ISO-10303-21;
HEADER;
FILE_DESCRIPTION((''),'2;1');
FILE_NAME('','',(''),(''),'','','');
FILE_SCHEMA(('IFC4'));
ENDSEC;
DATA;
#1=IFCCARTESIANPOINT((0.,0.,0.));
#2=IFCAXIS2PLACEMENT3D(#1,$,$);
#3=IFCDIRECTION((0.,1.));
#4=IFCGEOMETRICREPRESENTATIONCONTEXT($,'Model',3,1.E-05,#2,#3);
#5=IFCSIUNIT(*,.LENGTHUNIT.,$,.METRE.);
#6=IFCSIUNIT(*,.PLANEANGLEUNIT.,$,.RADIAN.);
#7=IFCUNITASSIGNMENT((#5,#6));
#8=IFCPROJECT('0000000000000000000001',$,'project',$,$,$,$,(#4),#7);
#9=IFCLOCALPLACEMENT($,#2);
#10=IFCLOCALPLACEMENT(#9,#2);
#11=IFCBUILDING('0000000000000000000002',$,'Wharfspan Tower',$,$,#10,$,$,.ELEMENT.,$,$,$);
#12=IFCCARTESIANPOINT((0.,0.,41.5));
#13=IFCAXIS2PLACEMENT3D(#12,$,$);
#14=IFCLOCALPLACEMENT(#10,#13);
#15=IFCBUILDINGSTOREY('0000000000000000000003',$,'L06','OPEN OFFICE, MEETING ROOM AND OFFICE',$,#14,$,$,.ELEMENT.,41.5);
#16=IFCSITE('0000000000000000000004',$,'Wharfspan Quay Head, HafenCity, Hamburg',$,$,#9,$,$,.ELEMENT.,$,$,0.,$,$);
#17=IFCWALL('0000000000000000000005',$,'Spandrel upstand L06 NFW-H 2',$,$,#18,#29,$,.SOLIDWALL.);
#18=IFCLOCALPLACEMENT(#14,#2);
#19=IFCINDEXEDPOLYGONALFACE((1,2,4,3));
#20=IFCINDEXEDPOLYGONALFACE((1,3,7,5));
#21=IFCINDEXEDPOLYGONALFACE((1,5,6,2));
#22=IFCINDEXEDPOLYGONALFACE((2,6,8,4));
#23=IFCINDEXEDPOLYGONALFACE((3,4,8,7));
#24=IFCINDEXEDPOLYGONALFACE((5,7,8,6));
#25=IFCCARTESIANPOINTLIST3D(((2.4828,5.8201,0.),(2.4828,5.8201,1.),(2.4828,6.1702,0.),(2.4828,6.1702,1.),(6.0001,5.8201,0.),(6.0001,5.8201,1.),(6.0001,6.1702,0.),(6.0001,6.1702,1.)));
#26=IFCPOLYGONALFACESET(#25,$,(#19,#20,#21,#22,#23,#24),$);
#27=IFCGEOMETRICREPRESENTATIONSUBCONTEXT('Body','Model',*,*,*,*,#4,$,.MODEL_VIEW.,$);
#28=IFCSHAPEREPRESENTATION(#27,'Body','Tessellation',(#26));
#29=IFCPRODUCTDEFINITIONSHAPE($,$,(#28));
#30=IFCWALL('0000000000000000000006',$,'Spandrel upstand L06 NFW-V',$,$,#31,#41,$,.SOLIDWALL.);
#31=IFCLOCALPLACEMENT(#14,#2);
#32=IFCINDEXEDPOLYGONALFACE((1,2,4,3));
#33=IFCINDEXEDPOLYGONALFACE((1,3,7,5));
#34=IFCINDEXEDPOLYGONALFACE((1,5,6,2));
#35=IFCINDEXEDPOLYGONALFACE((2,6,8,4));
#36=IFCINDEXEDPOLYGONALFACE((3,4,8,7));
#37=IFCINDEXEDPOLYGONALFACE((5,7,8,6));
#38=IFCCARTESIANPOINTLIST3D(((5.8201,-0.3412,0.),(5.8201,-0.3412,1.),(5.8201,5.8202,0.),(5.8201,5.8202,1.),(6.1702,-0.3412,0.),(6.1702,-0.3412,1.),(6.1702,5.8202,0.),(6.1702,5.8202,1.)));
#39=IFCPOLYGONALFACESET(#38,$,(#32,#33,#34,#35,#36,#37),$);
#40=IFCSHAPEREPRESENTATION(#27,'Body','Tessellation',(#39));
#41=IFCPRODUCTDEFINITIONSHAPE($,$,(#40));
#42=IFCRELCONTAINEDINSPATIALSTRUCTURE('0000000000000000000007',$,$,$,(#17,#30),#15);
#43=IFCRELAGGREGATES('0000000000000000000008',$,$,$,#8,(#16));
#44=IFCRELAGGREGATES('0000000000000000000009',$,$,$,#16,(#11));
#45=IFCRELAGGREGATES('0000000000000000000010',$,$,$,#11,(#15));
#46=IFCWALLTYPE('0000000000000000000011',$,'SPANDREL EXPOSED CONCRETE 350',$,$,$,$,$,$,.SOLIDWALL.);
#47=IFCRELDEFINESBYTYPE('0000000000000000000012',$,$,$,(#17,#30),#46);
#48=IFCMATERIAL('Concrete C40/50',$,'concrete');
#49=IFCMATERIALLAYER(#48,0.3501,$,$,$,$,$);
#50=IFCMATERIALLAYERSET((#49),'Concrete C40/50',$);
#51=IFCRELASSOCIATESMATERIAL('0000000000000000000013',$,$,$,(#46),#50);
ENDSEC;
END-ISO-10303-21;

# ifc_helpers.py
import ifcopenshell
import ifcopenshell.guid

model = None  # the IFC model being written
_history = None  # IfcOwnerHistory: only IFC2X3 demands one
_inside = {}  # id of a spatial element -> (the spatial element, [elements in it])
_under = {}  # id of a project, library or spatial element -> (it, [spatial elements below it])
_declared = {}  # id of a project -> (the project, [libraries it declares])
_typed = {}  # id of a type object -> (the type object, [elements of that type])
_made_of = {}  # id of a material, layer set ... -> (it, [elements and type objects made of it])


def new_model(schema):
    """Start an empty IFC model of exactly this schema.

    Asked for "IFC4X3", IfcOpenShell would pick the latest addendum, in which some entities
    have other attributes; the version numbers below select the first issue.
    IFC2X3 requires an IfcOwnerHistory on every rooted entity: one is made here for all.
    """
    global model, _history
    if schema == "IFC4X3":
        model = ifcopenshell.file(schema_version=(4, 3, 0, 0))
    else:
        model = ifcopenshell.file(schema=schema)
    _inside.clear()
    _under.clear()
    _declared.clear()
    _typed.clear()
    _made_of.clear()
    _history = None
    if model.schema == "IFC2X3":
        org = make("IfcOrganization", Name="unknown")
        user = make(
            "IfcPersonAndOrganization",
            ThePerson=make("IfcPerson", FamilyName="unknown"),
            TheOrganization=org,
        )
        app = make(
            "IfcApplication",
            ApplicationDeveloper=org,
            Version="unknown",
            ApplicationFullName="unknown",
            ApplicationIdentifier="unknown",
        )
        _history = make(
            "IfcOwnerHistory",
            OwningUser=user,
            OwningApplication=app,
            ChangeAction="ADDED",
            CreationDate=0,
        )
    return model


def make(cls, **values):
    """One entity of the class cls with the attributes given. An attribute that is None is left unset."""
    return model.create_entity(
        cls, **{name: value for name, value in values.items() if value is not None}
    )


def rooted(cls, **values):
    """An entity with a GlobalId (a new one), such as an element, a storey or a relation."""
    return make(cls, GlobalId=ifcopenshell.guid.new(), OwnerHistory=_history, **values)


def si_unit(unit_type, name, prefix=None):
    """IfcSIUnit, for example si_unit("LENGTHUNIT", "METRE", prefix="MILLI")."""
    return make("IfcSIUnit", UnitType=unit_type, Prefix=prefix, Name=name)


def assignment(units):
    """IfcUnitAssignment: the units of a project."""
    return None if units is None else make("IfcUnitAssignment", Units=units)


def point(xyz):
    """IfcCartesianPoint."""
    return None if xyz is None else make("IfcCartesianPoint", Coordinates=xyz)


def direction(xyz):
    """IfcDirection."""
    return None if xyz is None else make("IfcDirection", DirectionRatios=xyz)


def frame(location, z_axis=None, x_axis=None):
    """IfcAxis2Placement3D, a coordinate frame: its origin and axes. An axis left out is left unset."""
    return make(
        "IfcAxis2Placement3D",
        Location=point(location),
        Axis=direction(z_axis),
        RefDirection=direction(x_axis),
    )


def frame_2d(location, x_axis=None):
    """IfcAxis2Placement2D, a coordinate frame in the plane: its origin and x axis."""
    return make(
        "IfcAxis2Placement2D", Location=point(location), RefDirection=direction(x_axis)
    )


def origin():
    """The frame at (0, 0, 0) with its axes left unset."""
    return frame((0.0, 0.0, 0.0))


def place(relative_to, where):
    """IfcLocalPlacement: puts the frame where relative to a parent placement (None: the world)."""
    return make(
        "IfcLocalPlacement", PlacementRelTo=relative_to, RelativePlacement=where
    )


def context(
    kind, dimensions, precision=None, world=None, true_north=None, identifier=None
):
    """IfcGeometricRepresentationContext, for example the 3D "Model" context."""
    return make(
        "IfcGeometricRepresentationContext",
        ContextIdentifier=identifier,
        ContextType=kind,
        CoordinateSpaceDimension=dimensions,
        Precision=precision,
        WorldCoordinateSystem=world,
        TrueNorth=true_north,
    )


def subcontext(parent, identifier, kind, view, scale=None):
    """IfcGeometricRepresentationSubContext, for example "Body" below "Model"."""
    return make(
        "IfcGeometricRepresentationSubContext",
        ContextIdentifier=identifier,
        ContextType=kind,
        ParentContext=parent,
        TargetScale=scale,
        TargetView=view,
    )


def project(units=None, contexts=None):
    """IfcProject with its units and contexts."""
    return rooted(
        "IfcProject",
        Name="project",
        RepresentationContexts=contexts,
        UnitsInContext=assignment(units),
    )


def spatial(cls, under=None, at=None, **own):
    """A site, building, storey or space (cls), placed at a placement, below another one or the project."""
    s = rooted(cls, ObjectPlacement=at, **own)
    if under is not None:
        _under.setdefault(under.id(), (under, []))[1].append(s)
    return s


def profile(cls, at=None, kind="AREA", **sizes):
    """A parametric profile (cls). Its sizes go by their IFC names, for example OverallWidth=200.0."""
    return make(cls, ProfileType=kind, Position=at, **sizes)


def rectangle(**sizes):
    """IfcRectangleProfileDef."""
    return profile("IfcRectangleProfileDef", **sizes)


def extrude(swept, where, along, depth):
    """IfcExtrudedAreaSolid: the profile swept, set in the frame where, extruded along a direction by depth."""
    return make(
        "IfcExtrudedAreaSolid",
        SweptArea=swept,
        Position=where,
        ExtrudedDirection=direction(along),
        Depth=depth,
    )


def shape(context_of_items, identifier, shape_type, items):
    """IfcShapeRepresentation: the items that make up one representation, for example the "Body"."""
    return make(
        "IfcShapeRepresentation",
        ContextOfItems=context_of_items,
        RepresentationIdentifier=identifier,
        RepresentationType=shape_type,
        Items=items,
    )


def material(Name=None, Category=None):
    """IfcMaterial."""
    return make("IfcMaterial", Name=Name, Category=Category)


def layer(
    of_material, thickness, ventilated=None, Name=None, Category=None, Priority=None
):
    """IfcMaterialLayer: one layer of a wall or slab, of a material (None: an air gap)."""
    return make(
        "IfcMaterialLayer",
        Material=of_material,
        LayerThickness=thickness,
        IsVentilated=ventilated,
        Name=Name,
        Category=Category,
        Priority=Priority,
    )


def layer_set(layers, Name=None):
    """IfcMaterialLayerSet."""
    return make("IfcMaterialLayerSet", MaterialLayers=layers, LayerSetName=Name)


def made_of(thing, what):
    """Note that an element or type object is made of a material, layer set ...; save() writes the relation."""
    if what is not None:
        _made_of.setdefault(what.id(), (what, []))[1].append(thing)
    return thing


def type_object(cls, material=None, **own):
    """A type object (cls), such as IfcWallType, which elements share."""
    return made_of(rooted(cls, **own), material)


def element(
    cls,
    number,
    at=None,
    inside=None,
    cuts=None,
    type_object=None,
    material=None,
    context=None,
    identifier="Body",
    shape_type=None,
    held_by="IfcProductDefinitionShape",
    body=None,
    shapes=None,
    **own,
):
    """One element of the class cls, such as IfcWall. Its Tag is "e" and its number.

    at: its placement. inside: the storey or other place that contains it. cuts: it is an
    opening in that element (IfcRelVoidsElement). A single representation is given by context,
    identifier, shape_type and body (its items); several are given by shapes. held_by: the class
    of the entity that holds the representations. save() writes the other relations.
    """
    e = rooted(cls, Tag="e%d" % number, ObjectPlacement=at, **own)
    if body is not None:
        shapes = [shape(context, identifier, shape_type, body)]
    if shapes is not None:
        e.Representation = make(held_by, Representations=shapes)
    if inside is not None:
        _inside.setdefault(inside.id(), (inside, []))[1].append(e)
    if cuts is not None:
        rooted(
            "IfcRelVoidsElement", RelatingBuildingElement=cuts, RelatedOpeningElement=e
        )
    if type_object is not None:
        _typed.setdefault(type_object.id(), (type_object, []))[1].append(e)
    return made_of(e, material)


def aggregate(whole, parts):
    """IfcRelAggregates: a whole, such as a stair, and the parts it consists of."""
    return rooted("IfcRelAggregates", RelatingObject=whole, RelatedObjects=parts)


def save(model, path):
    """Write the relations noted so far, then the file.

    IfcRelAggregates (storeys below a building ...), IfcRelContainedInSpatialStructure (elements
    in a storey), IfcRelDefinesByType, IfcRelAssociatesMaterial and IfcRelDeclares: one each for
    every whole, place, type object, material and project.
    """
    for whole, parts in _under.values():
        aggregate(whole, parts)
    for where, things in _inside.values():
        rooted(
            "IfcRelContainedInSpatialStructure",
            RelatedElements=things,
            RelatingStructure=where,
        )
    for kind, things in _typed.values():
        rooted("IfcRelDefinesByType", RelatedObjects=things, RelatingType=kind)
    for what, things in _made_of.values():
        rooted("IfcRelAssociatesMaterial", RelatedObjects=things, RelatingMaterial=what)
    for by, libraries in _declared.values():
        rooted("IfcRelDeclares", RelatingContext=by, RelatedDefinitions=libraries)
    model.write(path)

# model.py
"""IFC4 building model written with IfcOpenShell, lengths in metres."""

from ifc_helpers import new_model, si_unit, direction, frame, frame_2d, origin, place, context, subcontext, project, spatial, rectangle, extrude, material, layer, layer_set, type_object, element, save


model = new_model("IFC4")

# Units and contexts
model_context = context("Model", 3, precision=1e-05, world=origin(), true_north=direction((0.0, 1.0)))
body_context = subcontext(model_context, "Body", "Model", "MODEL_VIEW")
ifc_project = project(units=[si_unit("LENGTHUNIT", "METRE"), si_unit("PLANEANGLEUNIT", "RADIAN")], contexts=[model_context])

# Site, building, storey
site_placement = place(None, origin())
site = spatial("IfcSite", under=ifc_project, at=site_placement, Name="Wharfspan Quay Head, HafenCity, Hamburg", CompositionType="ELEMENT", RefElevation=0.0)
building_placement = place(site_placement, origin())
building = spatial("IfcBuilding", under=site, at=building_placement, Name="Wharfspan Tower", CompositionType="ELEMENT")
storey_placement = place(building_placement, frame((0.0, 0.0, 41.5)))
storey = spatial("IfcBuildingStorey", under=building, at=storey_placement, Name="L06", Description="OPEN OFFICE, MEETING ROOM AND OFFICE", CompositionType="ELEMENT", Elevation=41.5)

# Shared definitions
ifc_material_1 = material(Name="Concrete C40/50", Category="concrete")

# Walls
ifc_layer_1 = layer(ifc_material_1, 0.3501)
ifc_layer_set_1 = layer_set([ifc_layer_1], Name="Concrete C40/50")
wall_type_1 = type_object("IfcWallType", Name="SPANDREL EXPOSED CONCRETE 350", PredefinedType="SOLIDWALL", material=ifc_layer_set_1)
wall_1_placement = place(storey_placement, frame((2.4827, 5.9951, 0.0), z_axis=(0.0, 0.0, 1.0), x_axis=(1.0, 0.0, 0.0)))
element("IfcWall", 1, at=wall_1_placement, inside=storey, type_object=wall_type_1, Name="Spandrel upstand L06 NFW-H 2", PredefinedType="SOLIDWALL", context=body_context, shape_type="SweptSolid", body=[
    extrude(rectangle(XDim=3.5173, YDim=0.3501, at=frame_2d((1.7588, 0.0))), origin(), (0.0, 0.0, 1.0), 1.0),
])
wall_2_placement = place(storey_placement, frame((5.9951, 5.8201, 0.0), z_axis=(0.0, 0.0, 1.0), x_axis=(0.0, -1.0, 0.0)))
element("IfcWall", 2, at=wall_2_placement, inside=storey, type_object=wall_type_1, Name="Spandrel upstand L06 NFW-V", PredefinedType="SOLIDWALL", context=body_context, shape_type="SweptSolid", body=[
    extrude(rectangle(XDim=6.1614, YDim=0.3501, at=frame_2d((3.0806, 0.0))), origin(), (0.0, 0.0, 1.0), 1.0),
])

save(model, "model.ifc")
